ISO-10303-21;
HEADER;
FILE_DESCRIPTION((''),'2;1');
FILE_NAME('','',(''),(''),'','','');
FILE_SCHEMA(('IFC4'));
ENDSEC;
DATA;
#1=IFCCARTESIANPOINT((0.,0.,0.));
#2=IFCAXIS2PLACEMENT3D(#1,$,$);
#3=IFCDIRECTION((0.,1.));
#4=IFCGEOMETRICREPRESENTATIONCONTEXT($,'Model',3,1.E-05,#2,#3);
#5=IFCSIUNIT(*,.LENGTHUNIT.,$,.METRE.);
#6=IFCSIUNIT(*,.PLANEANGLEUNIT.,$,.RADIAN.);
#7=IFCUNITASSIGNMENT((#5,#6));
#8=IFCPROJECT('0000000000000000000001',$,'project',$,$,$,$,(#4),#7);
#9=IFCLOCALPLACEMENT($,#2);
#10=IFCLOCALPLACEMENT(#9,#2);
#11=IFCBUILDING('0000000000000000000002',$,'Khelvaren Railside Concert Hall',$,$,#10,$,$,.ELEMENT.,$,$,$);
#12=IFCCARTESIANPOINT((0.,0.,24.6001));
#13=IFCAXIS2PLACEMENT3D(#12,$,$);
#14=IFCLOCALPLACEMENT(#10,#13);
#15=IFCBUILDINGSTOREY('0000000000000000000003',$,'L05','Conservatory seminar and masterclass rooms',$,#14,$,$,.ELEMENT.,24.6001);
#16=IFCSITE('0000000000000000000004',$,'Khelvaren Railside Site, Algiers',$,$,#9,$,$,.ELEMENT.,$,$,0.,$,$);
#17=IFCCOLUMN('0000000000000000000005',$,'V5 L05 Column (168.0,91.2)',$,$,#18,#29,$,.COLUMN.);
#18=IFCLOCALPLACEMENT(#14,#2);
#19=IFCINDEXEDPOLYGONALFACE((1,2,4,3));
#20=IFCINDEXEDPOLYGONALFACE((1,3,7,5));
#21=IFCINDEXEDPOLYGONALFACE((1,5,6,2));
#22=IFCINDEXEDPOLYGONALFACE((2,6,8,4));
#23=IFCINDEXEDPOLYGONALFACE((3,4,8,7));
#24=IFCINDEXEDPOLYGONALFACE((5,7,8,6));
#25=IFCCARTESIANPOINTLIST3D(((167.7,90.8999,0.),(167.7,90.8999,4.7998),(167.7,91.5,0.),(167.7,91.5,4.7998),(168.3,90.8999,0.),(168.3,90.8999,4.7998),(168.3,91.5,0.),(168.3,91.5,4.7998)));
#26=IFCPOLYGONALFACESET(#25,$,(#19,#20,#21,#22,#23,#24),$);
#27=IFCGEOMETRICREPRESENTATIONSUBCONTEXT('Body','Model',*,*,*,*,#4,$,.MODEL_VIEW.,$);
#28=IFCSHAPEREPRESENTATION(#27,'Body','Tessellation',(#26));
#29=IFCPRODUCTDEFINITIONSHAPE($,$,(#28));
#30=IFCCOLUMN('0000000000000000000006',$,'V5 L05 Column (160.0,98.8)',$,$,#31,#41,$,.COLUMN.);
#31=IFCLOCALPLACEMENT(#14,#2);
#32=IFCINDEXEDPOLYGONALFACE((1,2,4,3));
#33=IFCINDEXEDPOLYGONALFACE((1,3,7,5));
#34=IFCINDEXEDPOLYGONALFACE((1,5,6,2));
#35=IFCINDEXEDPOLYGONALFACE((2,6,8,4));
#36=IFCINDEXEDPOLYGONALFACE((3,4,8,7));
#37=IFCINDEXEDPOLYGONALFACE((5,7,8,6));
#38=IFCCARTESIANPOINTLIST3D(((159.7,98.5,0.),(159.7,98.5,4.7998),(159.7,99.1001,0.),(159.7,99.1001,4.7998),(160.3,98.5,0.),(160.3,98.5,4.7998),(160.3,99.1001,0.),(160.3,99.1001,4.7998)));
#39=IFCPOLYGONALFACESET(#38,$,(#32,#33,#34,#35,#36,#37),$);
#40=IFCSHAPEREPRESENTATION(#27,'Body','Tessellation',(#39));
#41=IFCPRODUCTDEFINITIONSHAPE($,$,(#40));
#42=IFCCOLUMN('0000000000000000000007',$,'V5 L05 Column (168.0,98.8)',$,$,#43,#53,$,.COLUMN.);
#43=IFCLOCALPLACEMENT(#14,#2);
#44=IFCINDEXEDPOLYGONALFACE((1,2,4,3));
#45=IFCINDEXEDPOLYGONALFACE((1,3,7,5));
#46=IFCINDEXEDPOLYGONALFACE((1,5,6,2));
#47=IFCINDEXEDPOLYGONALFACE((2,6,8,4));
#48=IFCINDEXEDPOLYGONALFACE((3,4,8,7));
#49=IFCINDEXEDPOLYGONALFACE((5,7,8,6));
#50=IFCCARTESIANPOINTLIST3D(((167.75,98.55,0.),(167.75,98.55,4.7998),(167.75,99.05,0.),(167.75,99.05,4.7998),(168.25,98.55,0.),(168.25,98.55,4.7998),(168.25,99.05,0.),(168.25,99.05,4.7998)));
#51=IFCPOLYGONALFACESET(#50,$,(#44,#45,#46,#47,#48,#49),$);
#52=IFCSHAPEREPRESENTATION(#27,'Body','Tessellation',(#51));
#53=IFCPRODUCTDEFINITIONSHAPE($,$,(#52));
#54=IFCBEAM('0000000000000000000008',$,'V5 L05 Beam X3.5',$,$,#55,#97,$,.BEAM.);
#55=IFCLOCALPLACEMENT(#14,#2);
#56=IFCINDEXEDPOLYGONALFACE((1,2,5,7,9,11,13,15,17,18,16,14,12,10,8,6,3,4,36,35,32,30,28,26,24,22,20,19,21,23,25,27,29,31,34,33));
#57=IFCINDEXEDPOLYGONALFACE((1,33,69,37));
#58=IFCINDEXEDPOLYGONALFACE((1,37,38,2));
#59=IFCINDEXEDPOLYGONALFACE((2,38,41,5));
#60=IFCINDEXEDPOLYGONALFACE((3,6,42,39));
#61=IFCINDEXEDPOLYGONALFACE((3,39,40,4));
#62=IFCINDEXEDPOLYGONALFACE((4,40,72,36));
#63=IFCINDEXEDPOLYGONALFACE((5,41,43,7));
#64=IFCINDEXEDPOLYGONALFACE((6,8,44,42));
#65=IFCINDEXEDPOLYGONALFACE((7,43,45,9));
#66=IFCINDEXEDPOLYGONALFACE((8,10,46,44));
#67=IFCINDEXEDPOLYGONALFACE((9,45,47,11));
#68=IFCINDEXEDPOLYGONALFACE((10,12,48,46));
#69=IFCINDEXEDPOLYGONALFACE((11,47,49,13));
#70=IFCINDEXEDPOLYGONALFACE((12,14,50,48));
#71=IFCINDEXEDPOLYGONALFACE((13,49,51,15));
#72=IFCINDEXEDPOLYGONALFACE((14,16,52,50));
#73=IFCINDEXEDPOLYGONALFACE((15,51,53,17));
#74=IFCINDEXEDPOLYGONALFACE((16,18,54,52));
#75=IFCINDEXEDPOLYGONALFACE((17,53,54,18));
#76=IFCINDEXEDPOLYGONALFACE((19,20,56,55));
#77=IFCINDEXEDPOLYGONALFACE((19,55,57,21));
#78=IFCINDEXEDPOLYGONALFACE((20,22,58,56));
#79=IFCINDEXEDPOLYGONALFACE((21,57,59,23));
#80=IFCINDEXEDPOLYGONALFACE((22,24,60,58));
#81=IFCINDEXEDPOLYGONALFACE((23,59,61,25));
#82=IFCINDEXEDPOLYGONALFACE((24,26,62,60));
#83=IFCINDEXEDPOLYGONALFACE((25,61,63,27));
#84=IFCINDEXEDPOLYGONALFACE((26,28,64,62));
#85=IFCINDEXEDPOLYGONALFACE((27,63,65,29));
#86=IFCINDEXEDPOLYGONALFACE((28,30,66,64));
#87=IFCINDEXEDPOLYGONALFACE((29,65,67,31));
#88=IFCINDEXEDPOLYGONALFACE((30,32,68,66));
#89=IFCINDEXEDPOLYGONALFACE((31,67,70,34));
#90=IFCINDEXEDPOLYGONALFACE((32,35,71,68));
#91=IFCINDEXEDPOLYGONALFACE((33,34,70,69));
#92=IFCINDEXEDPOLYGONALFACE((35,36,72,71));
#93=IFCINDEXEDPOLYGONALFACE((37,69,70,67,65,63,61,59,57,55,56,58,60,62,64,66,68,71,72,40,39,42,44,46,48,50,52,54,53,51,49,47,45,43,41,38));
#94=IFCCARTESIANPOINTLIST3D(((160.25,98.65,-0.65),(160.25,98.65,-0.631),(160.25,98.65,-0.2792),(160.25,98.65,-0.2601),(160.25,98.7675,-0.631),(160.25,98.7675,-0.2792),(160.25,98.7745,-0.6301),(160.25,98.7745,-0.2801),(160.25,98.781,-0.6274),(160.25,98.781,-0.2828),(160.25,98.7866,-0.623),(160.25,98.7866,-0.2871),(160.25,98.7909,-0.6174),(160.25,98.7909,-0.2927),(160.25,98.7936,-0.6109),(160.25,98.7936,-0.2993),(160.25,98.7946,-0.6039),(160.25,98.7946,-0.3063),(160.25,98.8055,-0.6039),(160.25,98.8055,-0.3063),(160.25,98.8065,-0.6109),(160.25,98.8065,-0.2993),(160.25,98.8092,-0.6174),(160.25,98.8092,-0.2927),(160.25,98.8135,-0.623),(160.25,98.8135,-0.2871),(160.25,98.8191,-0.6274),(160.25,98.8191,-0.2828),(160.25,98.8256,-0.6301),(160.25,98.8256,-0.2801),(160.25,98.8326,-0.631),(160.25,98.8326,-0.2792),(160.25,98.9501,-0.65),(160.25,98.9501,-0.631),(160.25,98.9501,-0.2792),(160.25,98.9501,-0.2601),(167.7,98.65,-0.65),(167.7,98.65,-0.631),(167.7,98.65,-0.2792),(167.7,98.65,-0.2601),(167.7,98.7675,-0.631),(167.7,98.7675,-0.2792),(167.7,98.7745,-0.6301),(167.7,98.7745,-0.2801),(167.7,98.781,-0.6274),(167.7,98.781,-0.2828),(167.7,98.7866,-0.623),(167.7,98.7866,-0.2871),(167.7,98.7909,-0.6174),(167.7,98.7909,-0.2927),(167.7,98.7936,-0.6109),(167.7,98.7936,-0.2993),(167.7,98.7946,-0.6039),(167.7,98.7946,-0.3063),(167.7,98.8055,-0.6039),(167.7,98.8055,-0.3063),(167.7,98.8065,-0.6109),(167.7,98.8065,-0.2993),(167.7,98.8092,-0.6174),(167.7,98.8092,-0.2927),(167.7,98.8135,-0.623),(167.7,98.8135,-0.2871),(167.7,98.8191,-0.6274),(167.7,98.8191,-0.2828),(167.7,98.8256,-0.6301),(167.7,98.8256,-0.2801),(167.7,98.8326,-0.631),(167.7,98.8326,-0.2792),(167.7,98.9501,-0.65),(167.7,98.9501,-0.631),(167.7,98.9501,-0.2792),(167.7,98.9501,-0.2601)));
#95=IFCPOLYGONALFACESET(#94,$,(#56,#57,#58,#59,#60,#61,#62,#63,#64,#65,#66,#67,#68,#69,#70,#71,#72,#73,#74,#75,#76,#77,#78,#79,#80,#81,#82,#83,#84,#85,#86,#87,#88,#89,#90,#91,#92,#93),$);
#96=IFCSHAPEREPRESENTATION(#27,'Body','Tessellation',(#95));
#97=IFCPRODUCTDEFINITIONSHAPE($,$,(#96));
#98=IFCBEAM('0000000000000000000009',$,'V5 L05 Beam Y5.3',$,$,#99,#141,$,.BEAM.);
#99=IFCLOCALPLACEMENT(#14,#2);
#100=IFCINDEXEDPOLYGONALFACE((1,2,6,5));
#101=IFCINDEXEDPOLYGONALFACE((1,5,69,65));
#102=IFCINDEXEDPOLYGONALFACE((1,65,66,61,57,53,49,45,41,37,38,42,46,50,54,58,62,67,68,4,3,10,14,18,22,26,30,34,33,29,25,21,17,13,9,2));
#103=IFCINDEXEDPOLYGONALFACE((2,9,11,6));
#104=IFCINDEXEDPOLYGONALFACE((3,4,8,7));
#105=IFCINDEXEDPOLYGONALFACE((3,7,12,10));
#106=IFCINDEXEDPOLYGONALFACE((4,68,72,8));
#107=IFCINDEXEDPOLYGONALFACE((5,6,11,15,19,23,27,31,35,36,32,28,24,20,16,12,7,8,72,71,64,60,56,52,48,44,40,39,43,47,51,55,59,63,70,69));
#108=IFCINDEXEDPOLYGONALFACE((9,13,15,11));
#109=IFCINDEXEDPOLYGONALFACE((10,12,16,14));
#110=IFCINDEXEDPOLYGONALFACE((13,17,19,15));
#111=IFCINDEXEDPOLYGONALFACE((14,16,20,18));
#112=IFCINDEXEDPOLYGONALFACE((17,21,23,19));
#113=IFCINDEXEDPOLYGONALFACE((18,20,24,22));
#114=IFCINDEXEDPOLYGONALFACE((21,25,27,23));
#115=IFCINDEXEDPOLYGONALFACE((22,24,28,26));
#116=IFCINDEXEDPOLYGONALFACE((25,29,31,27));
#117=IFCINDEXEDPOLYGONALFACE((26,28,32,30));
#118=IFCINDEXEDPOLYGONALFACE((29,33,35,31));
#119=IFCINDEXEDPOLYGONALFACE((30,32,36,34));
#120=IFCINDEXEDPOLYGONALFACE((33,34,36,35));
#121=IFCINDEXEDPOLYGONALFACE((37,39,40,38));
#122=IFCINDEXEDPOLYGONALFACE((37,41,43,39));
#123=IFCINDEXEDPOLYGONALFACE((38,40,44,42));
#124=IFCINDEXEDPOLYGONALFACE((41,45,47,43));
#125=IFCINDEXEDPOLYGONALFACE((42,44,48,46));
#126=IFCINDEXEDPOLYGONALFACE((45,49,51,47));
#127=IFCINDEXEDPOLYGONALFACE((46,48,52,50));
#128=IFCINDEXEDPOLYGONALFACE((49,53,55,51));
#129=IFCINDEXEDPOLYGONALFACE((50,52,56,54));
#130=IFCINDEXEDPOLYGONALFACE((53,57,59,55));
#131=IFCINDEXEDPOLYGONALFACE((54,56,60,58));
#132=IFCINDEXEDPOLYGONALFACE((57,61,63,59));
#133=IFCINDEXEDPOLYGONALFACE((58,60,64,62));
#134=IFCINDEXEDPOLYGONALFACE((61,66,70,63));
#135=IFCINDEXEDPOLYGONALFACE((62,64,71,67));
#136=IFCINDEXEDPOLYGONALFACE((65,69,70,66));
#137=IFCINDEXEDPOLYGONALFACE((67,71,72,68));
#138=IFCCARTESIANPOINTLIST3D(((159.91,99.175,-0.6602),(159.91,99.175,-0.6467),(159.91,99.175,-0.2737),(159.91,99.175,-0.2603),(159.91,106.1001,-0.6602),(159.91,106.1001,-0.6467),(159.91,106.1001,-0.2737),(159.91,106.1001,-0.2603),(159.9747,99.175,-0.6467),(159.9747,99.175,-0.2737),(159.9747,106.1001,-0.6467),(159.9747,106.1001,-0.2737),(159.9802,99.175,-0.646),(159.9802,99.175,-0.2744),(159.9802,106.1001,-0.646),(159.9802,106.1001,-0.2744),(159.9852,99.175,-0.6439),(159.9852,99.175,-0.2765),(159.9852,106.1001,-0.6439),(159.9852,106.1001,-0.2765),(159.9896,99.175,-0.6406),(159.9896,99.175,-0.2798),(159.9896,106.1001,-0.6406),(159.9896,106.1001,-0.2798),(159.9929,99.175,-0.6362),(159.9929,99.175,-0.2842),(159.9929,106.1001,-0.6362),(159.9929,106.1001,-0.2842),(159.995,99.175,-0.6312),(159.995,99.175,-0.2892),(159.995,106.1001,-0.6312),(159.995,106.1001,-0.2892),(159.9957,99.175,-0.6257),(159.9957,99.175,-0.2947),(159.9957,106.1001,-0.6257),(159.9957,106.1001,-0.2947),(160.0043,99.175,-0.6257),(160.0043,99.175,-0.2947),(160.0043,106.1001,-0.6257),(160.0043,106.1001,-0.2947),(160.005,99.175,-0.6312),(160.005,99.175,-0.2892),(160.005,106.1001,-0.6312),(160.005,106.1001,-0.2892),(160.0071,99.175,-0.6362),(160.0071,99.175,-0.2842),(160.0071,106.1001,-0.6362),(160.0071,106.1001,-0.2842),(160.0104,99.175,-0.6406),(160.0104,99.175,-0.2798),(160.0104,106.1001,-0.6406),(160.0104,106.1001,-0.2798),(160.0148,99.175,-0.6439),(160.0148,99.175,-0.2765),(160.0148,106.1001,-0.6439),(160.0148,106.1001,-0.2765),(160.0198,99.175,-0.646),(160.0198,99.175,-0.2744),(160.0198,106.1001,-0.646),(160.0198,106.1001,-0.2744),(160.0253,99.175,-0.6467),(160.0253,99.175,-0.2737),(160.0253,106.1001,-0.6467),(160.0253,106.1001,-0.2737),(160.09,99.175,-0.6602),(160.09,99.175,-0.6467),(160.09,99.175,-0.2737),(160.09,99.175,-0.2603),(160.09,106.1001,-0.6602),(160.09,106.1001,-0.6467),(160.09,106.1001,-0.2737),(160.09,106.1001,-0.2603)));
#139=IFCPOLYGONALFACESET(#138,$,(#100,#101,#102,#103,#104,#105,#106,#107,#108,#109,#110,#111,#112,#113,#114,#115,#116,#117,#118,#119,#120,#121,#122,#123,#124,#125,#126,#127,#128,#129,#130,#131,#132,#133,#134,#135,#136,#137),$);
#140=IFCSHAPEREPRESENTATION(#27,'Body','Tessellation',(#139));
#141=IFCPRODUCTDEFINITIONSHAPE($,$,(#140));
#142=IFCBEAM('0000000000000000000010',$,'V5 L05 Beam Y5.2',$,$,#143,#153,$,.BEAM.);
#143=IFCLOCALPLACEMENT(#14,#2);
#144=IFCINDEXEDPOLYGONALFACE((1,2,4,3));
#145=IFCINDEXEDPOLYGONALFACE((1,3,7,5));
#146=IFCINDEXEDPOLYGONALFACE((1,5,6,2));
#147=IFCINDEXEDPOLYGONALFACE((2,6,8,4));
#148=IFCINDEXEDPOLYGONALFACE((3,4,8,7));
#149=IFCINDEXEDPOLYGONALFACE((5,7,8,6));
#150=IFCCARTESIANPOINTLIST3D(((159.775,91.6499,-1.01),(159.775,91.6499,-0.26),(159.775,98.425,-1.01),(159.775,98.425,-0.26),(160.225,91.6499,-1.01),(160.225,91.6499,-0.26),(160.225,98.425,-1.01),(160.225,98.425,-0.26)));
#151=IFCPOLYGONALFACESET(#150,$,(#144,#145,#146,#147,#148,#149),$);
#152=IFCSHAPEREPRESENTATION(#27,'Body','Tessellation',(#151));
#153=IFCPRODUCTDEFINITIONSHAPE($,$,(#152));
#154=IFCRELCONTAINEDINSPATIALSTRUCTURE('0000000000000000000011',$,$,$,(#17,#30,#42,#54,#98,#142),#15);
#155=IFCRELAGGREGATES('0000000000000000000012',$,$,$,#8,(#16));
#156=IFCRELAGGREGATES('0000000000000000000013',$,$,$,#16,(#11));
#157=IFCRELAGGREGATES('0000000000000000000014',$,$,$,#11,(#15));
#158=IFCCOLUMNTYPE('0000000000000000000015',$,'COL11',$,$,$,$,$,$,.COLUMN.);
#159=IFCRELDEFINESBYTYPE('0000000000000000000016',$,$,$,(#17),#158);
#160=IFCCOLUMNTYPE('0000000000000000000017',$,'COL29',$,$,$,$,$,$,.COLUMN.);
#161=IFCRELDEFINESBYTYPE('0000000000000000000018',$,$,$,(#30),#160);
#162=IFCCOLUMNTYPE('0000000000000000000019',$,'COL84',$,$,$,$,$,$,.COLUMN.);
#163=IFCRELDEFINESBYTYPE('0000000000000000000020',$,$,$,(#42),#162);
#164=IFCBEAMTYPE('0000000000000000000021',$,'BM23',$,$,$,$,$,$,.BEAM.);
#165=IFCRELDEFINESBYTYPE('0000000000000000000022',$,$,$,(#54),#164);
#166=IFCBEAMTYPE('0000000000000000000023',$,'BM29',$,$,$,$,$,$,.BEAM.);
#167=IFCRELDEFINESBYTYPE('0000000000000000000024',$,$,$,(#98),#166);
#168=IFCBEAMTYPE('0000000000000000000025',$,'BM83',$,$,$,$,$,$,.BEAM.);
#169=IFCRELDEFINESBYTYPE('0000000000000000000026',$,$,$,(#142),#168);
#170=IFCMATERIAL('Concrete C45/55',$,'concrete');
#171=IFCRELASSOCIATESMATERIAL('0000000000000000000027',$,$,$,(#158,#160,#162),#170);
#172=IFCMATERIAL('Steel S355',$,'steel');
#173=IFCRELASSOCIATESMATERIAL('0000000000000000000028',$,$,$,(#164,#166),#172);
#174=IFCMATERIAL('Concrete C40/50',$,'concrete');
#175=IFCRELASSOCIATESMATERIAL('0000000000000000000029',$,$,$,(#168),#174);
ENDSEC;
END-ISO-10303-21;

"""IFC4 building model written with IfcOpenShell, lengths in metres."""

from ifc_helpers import new_model, si_unit, direction, frame, origin, origin_2d, place, context, subcontext, project, spatial, rectangle, i_section, extrude, material, material_profile, profile_set, type_object, element, save


model = new_model("IFC4")

# Units and contexts
model_context = context("Model", 3, precision=1e-05, world=origin(), true_north=direction((0.0, 1.0)))
body_context = subcontext(model_context, "Body", "Model", "MODEL_VIEW")
ifc_project = project(units=[si_unit("LENGTHUNIT", "METRE"), si_unit("PLANEANGLEUNIT", "RADIAN")], contexts=[model_context])

# Site, building, storey
site_placement = place(None, origin())
site = spatial("IfcSite", under=ifc_project, at=site_placement, Name="Khelvaren Railside Site, Algiers", CompositionType="ELEMENT", RefElevation=0.0)
building_placement = place(site_placement, origin())
building = spatial("IfcBuilding", under=site, at=building_placement, Name="Khelvaren Railside Concert Hall", CompositionType="ELEMENT")
storey_placement = place(building_placement, frame((0.0, 0.0, 24.6001)))
storey = spatial("IfcBuildingStorey", under=building, at=storey_placement, Name="L05", Description="Conservatory seminar and masterclass rooms", CompositionType="ELEMENT", Elevation=24.6001)

# Columns
ifc_material_1 = material(Name="Concrete C45/55", Category="concrete")
ifc_material_profile_1 = material_profile(ifc_material_1, rectangle(XDim=0.6001, YDim=0.6001, at=origin_2d()), Name="RC 600x600")
ifc_profile_set_1 = profile_set([ifc_material_profile_1], Name="Concrete C45/55")
column_type_1 = type_object("IfcColumnType", Name="COL11", PredefinedType="COLUMN", material=ifc_profile_set_1)
column_1_placement = place(storey_placement, frame((168.0, 91.2, 0.0), z_axis=(0.0, 0.0, 1.0), x_axis=(1.0, 0.0, 0.0)))
element("IfcColumn", 1, at=column_1_placement, inside=storey, type_object=column_type_1, Name="V5 L05 Column (168.0,91.2)", PredefinedType="COLUMN", context=body_context, shape_type="SweptSolid", body=[
    extrude(rectangle(XDim=0.6001, YDim=0.6001, at=origin_2d()), origin(), (0.0, 0.0, 1.0), 4.7998),
])
ifc_material_profile_2 = material_profile(ifc_material_1, rectangle(XDim=0.6001, YDim=0.6001, at=origin_2d()), Name="RC 600x600")
ifc_profile_set_2 = profile_set([ifc_material_profile_2], Name="Concrete C45/55")
column_type_2 = type_object("IfcColumnType", Name="COL29", PredefinedType="COLUMN", material=ifc_profile_set_2)
column_2_placement = place(storey_placement, frame((160.0, 98.8, 0.0), z_axis=(0.0, 0.0, 1.0), x_axis=(1.0, 0.0, 0.0)))
element("IfcColumn", 2, at=column_2_placement, inside=storey, type_object=column_type_2, Name="V5 L05 Column (160.0,98.8)", PredefinedType="COLUMN", context=body_context, shape_type="SweptSolid", body=[
    extrude(rectangle(XDim=0.6001, YDim=0.6001, at=origin_2d()), origin(), (0.0, 0.0, 1.0), 4.7998),
])
ifc_material_profile_3 = material_profile(ifc_material_1, rectangle(XDim=0.5, YDim=0.5, at=origin_2d()), Name="RC 500x500")
ifc_profile_set_3 = profile_set([ifc_material_profile_3], Name="Concrete C45/55")
column_type_3 = type_object("IfcColumnType", Name="COL84", PredefinedType="COLUMN", material=ifc_profile_set_3)
column_3_placement = place(storey_placement, frame((168.0, 98.8, 0.0), z_axis=(0.0, 0.0, 1.0), x_axis=(1.0, 0.0, 0.0)))
element("IfcColumn", 3, at=column_3_placement, inside=storey, type_object=column_type_3, Name="V5 L05 Column (168.0,98.8)", PredefinedType="COLUMN", context=body_context, shape_type="SweptSolid", body=[
    extrude(rectangle(XDim=0.5, YDim=0.5, at=origin_2d()), origin(), (0.0, 0.0, 1.0), 4.7998),
])

# Beams
ifc_material_2 = material(Name="Steel S355", Category="steel")
ifc_material_profile_4 = material_profile(ifc_material_2, i_section(OverallWidth=0.3, OverallDepth=0.3899, WebThickness=0.011, FlangeThickness=0.019, FilletRadius=0.0271, at=origin_2d()), Name="HEA 400")
ifc_profile_set_4 = profile_set([ifc_material_profile_4], Name="Steel S355")
beam_type_1 = type_object("IfcBeamType", Name="BM23", PredefinedType="BEAM", material=ifc_profile_set_4)
beam_1_placement = place(storey_placement, frame((160.25, 98.8, -0.4551), z_axis=(1.0, 0.0, 0.0), x_axis=(0.0, 1.0, 0.0)))
element("IfcBeam", 4, at=beam_1_placement, inside=storey, type_object=beam_type_1, Name="V5 L05 Beam X3.5", PredefinedType="BEAM", context=body_context, shape_type="SweptSolid", body=[
    extrude(i_section(OverallWidth=0.3, OverallDepth=0.3899, WebThickness=0.011, FlangeThickness=0.019, FilletRadius=0.0271, at=origin_2d()), origin(), (0.0, 0.0, 1.0), 7.45),
])
ifc_material_profile_5 = material_profile(ifc_material_2, i_section(OverallWidth=0.1799, OverallDepth=0.3999, WebThickness=0.0085, FlangeThickness=0.0134, FilletRadius=0.021, at=origin_2d()), Name="IPE 400")
ifc_profile_set_5 = profile_set([ifc_material_profile_5], Name="Steel S355")
beam_type_2 = type_object("IfcBeamType", Name="BM29", PredefinedType="BEAM", material=ifc_profile_set_5)
beam_2_placement = place(storey_placement, frame((160.0, 99.175, -0.4602), z_axis=(0.0, 1.0, 0.0), x_axis=(-1.0, 0.0, 0.0)))
element("IfcBeam", 5, at=beam_2_placement, inside=storey, type_object=beam_type_2, Name="V5 L05 Beam Y5.3", PredefinedType="BEAM", context=body_context, shape_type="SweptSolid", body=[
    extrude(i_section(OverallWidth=0.1799, OverallDepth=0.3999, WebThickness=0.0085, FlangeThickness=0.0134, FilletRadius=0.021, at=origin_2d()), origin(), (0.0, 0.0, 1.0), 6.925),
])
ifc_material_3 = material(Name="Concrete C40/50", Category="concrete")
ifc_material_profile_6 = material_profile(ifc_material_3, rectangle(XDim=0.45, YDim=0.75, at=origin_2d()), Name="RCB 450x750")
ifc_profile_set_6 = profile_set([ifc_material_profile_6], Name="Concrete C40/50")
beam_type_3 = type_object("IfcBeamType", Name="BM83", PredefinedType="BEAM", material=ifc_profile_set_6)
beam_3_placement = place(storey_placement, frame((160.0, 91.6499, -0.635), z_axis=(0.0, 1.0, 0.0), x_axis=(-1.0, 0.0, 0.0)))
element("IfcBeam", 6, at=beam_3_placement, inside=storey, type_object=beam_type_3, Name="V5 L05 Beam Y5.2", PredefinedType="BEAM", context=body_context, shape_type="SweptSolid", body=[
    extrude(rectangle(XDim=0.45, YDim=0.75, at=origin_2d()), origin(), (0.0, 0.0, 1.0), 6.7751),
])

save(model, "model.ifc")
